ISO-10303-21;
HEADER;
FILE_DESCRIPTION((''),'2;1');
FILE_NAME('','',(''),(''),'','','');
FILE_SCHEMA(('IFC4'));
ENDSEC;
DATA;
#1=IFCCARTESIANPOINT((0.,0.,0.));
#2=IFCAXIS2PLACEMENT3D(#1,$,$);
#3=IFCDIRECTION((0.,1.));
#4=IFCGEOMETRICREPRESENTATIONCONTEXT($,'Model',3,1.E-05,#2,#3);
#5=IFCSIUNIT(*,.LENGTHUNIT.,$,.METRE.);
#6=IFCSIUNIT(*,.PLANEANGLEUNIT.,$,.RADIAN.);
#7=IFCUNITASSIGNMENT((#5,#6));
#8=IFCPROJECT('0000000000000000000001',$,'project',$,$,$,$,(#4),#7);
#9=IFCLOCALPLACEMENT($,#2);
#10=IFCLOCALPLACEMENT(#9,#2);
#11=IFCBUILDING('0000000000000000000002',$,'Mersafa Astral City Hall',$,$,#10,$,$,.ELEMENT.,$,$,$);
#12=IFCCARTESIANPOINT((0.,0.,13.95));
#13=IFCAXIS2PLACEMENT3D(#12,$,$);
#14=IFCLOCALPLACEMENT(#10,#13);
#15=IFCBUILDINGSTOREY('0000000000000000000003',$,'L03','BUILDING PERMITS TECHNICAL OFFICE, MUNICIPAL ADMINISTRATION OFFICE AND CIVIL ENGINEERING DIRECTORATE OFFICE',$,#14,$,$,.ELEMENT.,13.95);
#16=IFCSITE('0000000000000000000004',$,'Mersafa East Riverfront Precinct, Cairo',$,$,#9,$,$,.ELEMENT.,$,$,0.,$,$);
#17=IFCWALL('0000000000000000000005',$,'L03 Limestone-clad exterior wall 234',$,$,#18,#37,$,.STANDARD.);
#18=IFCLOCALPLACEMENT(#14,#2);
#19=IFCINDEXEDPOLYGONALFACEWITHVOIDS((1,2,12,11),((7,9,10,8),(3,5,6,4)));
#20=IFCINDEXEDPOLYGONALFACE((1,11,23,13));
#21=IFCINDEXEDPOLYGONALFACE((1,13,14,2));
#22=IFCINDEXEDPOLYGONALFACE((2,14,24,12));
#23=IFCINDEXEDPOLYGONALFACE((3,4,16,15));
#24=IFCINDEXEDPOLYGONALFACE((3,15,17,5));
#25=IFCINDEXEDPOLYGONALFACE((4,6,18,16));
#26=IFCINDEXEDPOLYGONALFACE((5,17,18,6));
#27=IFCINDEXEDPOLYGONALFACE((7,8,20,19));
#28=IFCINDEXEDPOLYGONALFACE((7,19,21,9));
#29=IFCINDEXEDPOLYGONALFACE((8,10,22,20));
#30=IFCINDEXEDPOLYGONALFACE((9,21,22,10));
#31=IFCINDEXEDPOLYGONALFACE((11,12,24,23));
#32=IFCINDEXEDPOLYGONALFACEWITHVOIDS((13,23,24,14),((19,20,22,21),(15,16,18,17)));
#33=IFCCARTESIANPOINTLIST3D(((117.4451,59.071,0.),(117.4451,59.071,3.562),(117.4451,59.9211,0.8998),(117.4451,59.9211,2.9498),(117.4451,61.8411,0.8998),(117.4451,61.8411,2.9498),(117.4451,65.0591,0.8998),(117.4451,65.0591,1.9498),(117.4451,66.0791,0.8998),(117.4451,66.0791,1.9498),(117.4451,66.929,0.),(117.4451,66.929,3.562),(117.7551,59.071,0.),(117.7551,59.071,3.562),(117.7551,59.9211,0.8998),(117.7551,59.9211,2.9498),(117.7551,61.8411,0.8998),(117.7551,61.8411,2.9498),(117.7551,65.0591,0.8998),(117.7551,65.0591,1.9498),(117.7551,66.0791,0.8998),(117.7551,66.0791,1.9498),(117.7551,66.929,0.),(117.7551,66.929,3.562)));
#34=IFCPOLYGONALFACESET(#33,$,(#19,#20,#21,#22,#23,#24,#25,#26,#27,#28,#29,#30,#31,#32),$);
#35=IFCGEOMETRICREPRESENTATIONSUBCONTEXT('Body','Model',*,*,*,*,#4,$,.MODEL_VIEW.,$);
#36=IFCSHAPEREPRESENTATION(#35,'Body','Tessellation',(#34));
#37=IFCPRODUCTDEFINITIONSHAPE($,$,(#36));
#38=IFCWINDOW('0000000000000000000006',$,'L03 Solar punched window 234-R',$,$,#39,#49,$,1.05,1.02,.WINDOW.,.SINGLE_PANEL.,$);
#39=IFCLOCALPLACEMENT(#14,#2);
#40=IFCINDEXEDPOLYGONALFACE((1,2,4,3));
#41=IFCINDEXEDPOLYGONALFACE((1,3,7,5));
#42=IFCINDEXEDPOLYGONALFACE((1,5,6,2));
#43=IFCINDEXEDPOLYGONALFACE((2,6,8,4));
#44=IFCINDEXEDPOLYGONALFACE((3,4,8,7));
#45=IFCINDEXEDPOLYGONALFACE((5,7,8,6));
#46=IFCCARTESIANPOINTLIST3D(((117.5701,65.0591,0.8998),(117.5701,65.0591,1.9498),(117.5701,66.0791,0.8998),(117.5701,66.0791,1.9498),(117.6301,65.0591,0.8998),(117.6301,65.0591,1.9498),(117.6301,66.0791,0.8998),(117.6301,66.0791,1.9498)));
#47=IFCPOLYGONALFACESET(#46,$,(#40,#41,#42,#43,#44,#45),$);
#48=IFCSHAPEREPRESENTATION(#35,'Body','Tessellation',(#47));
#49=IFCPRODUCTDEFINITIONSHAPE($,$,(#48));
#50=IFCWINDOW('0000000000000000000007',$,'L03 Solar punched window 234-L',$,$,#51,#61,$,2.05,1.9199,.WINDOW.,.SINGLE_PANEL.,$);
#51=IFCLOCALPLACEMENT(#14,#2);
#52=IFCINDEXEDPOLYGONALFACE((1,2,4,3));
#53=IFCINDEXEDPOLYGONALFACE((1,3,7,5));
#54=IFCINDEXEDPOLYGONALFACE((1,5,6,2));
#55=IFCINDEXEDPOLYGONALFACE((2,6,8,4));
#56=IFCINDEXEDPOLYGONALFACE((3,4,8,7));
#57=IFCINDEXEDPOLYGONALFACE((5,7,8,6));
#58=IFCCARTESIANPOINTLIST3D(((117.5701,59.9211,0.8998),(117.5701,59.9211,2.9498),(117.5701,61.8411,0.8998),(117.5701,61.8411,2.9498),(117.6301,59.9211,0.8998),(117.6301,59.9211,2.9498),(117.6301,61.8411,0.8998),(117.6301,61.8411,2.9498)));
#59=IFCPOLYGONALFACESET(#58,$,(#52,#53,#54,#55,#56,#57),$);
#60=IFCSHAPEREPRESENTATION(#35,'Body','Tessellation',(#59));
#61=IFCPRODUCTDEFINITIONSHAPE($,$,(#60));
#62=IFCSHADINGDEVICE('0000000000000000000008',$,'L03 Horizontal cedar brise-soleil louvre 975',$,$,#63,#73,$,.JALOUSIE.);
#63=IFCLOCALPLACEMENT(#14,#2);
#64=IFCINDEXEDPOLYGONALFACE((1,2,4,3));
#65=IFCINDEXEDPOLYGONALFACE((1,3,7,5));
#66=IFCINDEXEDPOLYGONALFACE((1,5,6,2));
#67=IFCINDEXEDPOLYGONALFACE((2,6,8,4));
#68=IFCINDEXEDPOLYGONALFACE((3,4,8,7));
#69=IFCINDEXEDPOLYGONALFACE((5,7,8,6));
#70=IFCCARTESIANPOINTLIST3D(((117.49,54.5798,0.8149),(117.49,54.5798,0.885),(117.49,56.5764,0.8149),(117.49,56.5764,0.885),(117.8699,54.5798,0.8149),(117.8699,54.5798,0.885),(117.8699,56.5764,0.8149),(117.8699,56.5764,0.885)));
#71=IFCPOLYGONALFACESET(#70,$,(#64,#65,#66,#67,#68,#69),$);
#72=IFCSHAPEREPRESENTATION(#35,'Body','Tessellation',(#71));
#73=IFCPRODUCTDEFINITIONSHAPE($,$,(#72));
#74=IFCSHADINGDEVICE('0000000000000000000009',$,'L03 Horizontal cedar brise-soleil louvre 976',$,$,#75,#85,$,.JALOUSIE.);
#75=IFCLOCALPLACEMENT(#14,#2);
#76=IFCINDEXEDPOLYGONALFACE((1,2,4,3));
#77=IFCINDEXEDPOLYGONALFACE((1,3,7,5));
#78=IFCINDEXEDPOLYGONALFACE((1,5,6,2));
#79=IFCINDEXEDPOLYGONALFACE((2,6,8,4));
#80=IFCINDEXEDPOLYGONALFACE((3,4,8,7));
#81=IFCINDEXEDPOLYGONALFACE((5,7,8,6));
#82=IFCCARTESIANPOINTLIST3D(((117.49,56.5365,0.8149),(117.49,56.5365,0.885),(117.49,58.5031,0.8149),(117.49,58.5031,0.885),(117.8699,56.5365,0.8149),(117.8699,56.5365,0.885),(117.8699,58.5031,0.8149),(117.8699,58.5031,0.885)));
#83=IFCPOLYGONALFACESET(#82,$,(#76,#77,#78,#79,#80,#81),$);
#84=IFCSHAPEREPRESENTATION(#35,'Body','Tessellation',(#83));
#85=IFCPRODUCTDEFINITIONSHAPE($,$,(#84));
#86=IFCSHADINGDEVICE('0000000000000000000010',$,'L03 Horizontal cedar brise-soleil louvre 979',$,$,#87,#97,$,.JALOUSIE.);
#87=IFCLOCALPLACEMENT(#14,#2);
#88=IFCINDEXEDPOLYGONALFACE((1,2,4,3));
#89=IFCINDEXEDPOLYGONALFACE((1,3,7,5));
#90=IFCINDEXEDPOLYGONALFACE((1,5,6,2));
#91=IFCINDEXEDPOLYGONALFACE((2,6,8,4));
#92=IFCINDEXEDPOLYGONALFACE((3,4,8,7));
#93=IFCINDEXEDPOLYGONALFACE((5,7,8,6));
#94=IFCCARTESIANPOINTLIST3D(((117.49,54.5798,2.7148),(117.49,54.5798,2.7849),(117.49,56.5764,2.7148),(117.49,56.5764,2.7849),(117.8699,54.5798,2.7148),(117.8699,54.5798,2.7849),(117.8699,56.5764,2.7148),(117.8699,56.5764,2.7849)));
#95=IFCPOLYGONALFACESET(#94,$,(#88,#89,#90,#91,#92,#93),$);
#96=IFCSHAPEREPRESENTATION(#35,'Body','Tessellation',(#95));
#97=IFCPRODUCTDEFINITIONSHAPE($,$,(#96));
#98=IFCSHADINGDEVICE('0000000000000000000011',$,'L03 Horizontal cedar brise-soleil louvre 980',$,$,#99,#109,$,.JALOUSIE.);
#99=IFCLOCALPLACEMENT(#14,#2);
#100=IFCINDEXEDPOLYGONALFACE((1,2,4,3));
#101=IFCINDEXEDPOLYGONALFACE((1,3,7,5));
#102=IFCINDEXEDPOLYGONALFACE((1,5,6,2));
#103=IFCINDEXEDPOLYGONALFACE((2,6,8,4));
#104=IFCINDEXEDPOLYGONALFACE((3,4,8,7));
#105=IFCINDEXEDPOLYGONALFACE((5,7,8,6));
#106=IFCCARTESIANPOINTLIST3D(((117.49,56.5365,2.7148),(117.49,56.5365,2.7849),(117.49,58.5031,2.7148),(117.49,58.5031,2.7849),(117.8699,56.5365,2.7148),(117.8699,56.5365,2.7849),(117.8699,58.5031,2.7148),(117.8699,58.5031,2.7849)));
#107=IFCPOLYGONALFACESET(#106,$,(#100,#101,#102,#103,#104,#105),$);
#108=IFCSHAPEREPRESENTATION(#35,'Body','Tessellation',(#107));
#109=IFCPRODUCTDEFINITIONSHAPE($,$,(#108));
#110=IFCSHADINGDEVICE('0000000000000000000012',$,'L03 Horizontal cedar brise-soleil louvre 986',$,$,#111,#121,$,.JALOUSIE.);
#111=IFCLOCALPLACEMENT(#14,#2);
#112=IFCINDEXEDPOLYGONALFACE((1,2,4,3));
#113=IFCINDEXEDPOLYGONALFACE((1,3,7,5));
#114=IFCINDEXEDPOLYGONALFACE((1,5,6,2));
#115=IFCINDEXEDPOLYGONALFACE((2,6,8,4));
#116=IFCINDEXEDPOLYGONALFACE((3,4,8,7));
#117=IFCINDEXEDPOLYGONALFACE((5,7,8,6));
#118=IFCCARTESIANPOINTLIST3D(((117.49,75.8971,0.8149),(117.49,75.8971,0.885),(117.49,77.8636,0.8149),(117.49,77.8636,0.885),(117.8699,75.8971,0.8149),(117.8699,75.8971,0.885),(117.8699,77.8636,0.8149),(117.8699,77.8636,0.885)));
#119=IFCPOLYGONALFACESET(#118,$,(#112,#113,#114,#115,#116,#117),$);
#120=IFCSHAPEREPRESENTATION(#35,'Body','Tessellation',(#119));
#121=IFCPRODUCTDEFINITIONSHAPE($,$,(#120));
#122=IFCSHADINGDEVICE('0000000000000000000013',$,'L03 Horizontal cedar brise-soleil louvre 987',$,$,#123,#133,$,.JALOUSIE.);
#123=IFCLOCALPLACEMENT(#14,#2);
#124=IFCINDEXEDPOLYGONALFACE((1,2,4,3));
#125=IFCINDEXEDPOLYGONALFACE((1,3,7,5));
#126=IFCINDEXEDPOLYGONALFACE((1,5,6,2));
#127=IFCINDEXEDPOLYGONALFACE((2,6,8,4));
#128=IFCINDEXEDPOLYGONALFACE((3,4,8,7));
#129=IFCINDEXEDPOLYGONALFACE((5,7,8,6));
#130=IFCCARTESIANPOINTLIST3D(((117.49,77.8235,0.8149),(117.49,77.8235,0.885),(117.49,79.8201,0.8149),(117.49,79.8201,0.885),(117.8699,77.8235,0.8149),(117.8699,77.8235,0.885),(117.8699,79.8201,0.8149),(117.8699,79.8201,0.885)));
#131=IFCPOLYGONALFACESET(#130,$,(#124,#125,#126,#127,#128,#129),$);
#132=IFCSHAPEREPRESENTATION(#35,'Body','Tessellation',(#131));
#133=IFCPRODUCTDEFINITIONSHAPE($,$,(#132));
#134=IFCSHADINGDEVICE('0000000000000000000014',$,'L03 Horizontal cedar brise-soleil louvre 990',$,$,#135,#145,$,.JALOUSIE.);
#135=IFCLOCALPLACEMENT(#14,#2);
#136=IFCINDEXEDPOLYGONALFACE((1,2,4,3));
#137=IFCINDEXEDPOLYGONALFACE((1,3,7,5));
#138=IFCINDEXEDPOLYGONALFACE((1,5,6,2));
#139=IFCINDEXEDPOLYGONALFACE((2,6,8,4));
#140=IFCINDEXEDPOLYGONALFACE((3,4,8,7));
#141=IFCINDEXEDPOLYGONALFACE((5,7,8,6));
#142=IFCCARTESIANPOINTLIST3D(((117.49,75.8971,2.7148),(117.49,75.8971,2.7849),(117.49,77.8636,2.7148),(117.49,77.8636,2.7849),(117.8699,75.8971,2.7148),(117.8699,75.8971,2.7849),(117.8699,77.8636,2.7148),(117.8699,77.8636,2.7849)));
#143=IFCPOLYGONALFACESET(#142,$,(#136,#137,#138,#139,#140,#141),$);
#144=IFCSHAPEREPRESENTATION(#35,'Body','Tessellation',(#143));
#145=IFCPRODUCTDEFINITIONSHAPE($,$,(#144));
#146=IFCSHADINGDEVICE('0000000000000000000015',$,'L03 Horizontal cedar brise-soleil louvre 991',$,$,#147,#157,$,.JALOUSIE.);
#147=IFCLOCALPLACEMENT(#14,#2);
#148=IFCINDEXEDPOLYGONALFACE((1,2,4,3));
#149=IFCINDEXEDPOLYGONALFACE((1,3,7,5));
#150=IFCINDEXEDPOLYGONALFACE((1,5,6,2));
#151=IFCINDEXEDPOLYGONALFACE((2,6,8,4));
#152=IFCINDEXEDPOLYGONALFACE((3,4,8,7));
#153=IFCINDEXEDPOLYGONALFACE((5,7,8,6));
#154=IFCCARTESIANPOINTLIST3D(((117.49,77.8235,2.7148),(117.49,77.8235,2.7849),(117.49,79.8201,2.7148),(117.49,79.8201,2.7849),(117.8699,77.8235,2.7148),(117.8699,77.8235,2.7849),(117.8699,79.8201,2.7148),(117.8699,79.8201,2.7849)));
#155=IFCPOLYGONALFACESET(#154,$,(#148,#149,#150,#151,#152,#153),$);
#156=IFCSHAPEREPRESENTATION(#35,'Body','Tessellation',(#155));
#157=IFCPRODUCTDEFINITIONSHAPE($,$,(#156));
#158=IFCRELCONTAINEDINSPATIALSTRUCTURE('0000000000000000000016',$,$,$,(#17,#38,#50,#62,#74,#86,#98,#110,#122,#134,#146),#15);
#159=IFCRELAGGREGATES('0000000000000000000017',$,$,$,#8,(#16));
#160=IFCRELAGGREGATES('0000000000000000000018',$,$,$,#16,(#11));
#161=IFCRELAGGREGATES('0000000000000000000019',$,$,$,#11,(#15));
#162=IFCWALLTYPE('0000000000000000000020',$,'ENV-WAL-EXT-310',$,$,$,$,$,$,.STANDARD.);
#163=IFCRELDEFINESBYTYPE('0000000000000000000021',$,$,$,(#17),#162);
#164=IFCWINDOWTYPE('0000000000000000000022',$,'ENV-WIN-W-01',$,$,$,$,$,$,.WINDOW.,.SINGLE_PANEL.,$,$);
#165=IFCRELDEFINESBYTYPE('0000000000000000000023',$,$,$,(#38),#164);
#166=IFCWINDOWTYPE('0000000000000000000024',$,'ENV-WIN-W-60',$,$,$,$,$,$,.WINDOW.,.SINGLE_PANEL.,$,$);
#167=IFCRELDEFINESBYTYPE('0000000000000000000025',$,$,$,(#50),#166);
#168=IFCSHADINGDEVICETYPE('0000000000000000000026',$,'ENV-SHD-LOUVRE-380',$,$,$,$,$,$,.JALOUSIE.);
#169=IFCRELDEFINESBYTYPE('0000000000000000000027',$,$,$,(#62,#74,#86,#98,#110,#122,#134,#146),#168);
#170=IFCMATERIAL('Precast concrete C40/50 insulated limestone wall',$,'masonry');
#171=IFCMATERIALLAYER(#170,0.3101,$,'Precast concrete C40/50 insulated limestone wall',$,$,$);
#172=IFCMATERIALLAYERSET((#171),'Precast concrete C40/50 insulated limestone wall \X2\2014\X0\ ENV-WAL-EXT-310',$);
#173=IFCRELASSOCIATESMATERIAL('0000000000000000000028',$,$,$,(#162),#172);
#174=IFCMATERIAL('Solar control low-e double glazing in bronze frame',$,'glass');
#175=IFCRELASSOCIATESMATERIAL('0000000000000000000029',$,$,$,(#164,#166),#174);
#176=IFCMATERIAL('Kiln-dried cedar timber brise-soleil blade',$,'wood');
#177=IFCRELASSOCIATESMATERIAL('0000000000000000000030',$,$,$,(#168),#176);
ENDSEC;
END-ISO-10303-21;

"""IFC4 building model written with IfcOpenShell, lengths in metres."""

from ifc_helpers import new_model, si_unit, direction, frame, frame_2d, origin, origin_2d, place, context, subcontext, project, spatial, rectangle, extrude, material, layer, layer_set, type_object, element, fill, save


model = new_model("IFC4")

# Units and contexts
model_context = context("Model", 3, precision=1e-05, world=origin(), true_north=direction((0.0, 1.0)))
body_context = subcontext(model_context, "Body", "Model", "MODEL_VIEW")
ifc_project = project(units=[si_unit("LENGTHUNIT", "METRE"), si_unit("PLANEANGLEUNIT", "RADIAN")], contexts=[model_context])

# Site, building, storey
site_placement = place(None, origin())
site = spatial("IfcSite", under=ifc_project, at=site_placement, Name="Mersafa East Riverfront Precinct, Cairo", CompositionType="ELEMENT", RefElevation=0.0)
building_placement = place(site_placement, origin())
building = spatial("IfcBuilding", under=site, at=building_placement, Name="Mersafa Astral City Hall", CompositionType="ELEMENT")
storey_placement = place(building_placement, frame((0.0, 0.0, 13.95)))
storey = spatial("IfcBuildingStorey", under=building, at=storey_placement, Name="L03", Description="BUILDING PERMITS TECHNICAL OFFICE, MUNICIPAL ADMINISTRATION OFFICE AND CIVIL ENGINEERING DIRECTORATE OFFICE", CompositionType="ELEMENT", Elevation=13.95)

# Wall, openings, windows
ifc_material_1 = material(Name="Precast concrete C40/50 insulated limestone wall", Category="masonry")
ifc_layer_1 = layer(ifc_material_1, 0.3101, Name="Precast concrete C40/50 insulated limestone wall")
ifc_layer_set_1 = layer_set([ifc_layer_1], Name="Precast concrete C40/50 insulated limestone wall — ENV-WAL-EXT-310")
wall_type = type_object("IfcWallType", Name="ENV-WAL-EXT-310", PredefinedType="STANDARD", material=ifc_layer_set_1)
wall_placement = place(storey_placement, frame((117.6001, 59.071, 0.0), z_axis=(0.0, 0.0, 1.0), x_axis=(0.0, 1.0, 0.0)))
wall = element("IfcWall", 1, at=wall_placement, inside=storey, type_object=wall_type, Name="L03 Limestone-clad exterior wall 234", PredefinedType="STANDARD", context=body_context, shape_type="SweptSolid", body=[
    extrude(rectangle(XDim=7.8579, YDim=0.3101, at=frame_2d((3.929, 0.0))), origin(), (0.0, 0.0, 1.0), 3.562),
])
opening_1_placement = place(wall_placement, frame((0.8501, 0.0, 0.8999)))
opening_1 = element("IfcOpeningElement", 2, at=opening_1_placement, cuts=wall, PredefinedType="OPENING", context=body_context, shape_type="SweptSolid", body=[
    extrude(rectangle(XDim=1.9199, YDim=2.05, at=frame_2d((0.96, 1.0249))), frame((0.0, 0.165, 0.0), z_axis=(0.0, -1.0, 0.0), x_axis=(1.0, 0.0, 0.0)), (0.0, 0.0, 1.0), 0.3301),
])
opening_2_placement = place(wall_placement, frame((5.988, 0.0, 0.8999)))
opening_2 = element("IfcOpeningElement", 3, at=opening_2_placement, cuts=wall, PredefinedType="OPENING", context=body_context, shape_type="SweptSolid", body=[
    extrude(rectangle(XDim=1.02, YDim=1.05, at=frame_2d((0.51, 0.5249))), frame((0.0, 0.165, 0.0), z_axis=(0.0, -1.0, 0.0), x_axis=(1.0, 0.0, 0.0)), (0.0, 0.0, 1.0), 0.3301),
])
ifc_material_2 = material(Name="Solar control low-e double glazing in bronze frame", Category="glass")
window_type_1 = type_object("IfcWindowType", Name="ENV-WIN-W-01", PartitioningType="SINGLE_PANEL", PredefinedType="WINDOW", material=ifc_material_2)
window_1_placement = place(opening_2_placement, origin())
window_1 = element("IfcWindow", 4, at=window_1_placement, inside=storey, type_object=window_type_1, Name="L03 Solar punched window 234-R", OverallHeight=1.05, OverallWidth=1.02, PartitioningType="SINGLE_PANEL", PredefinedType="WINDOW", context=body_context, shape_type="SweptSolid", body=[
    extrude(rectangle(XDim=1.02, YDim=1.05, at=frame_2d((0.51, 0.5249))), frame((0.0, 0.03, 0.0), z_axis=(0.0, -1.0, 0.0), x_axis=(1.0, 0.0, 0.0)), (0.0, 0.0, 1.0), 0.0601),
])
fill(opening_2, window_1)
window_type_2 = type_object("IfcWindowType", Name="ENV-WIN-W-60", PartitioningType="SINGLE_PANEL", PredefinedType="WINDOW", material=ifc_material_2)
window_2_placement = place(opening_1_placement, origin())
window_2 = element("IfcWindow", 5, at=window_2_placement, inside=storey, type_object=window_type_2, Name="L03 Solar punched window 234-L", OverallHeight=2.05, OverallWidth=1.9199, PartitioningType="SINGLE_PANEL", PredefinedType="WINDOW", context=body_context, shape_type="SweptSolid", body=[
    extrude(rectangle(XDim=1.9199, YDim=2.05, at=frame_2d((0.96, 1.0249))), frame((0.0, 0.03, 0.0), z_axis=(0.0, -1.0, 0.0), x_axis=(1.0, 0.0, 0.0)), (0.0, 0.0, 1.0), 0.0601),
])
fill(opening_1, window_2)

# Shading devices
ifc_material_3 = material(Name="Kiln-dried cedar timber brise-soleil blade", Category="wood")
shading_device_type = type_object("IfcShadingDeviceType", Name="ENV-SHD-LOUVRE-380", PredefinedType="JALOUSIE", material=ifc_material_3)
shading_device_1_placement = place(storey_placement, frame((117.6799, 55.5781, 0.8149), z_axis=(0.0, 0.0, 1.0), x_axis=(0.0, 1.0, 0.0)))
element("IfcShadingDevice", 6, at=shading_device_1_placement, inside=storey, type_object=shading_device_type, Name="L03 Horizontal cedar brise-soleil louvre 975", PredefinedType="JALOUSIE", context=body_context, shape_type="SweptSolid", body=[
    extrude(rectangle(XDim=1.9966, YDim=0.3799, at=origin_2d()), origin(), (0.0, 0.0, 1.0), 0.0701),
])
shading_device_2_placement = place(storey_placement, frame((117.6799, 57.5198, 0.8149), z_axis=(0.0, 0.0, 1.0), x_axis=(0.0, 1.0, 0.0)))
element("IfcShadingDevice", 7, at=shading_device_2_placement, inside=storey, type_object=shading_device_type, Name="L03 Horizontal cedar brise-soleil louvre 976", PredefinedType="JALOUSIE", context=body_context, shape_type="SweptSolid", body=[
    extrude(rectangle(XDim=1.9666, YDim=0.3799, at=origin_2d()), origin(), (0.0, 0.0, 1.0), 0.0701),
])
shading_device_3_placement = place(storey_placement, frame((117.6799, 55.5781, 2.7148), z_axis=(0.0, 0.0, 1.0), x_axis=(0.0, 1.0, 0.0)))
element("IfcShadingDevice", 8, at=shading_device_3_placement, inside=storey, type_object=shading_device_type, Name="L03 Horizontal cedar brise-soleil louvre 979", PredefinedType="JALOUSIE", context=body_context, shape_type="SweptSolid", body=[
    extrude(rectangle(XDim=1.9966, YDim=0.3799, at=origin_2d()), origin(), (0.0, 0.0, 1.0), 0.0701),
])
for number, where, z_axis, x_axis, name in (
    (9, (117.6799, 57.5198, 2.7148), (0.0, 0.0, 1.0), (0.0, 1.0, 0.0), "L03 Horizontal cedar brise-soleil louvre 980"),
    (10, (117.6799, 76.8804, 0.8149), (0.0, 0.0, 1.0), (0.0, 1.0, 0.0), "L03 Horizontal cedar brise-soleil louvre 986"),
):
    element("IfcShadingDevice", number, at=place(storey_placement, frame(where, z_axis=z_axis, x_axis=x_axis)), inside=storey, type_object=shading_device_type, Name=name, PredefinedType="JALOUSIE", context=body_context, shape_type="SweptSolid", body=[
        extrude(rectangle(XDim=1.9666, YDim=0.3799, at=origin_2d()), origin(), (0.0, 0.0, 1.0), 0.0701),
    ])
shading_device_4_placement = place(storey_placement, frame((117.6799, 78.8218, 0.8149), z_axis=(0.0, 0.0, 1.0), x_axis=(0.0, 1.0, 0.0)))
element("IfcShadingDevice", 11, at=shading_device_4_placement, inside=storey, type_object=shading_device_type, Name="L03 Horizontal cedar brise-soleil louvre 987", PredefinedType="JALOUSIE", context=body_context, shape_type="SweptSolid", body=[
    extrude(rectangle(XDim=1.9966, YDim=0.3799, at=origin_2d()), origin(), (0.0, 0.0, 1.0), 0.0701),
])
shading_device_5_placement = place(storey_placement, frame((117.6799, 76.8804, 2.7148), z_axis=(0.0, 0.0, 1.0), x_axis=(0.0, 1.0, 0.0)))
element("IfcShadingDevice", 12, at=shading_device_5_placement, inside=storey, type_object=shading_device_type, Name="L03 Horizontal cedar brise-soleil louvre 990", PredefinedType="JALOUSIE", context=body_context, shape_type="SweptSolid", body=[
    extrude(rectangle(XDim=1.9666, YDim=0.3799, at=origin_2d()), origin(), (0.0, 0.0, 1.0), 0.0701),
])
shading_device_6_placement = place(storey_placement, frame((117.6799, 78.8218, 2.7148), z_axis=(0.0, 0.0, 1.0), x_axis=(0.0, 1.0, 0.0)))
element("IfcShadingDevice", 13, at=shading_device_6_placement, inside=storey, type_object=shading_device_type, Name="L03 Horizontal cedar brise-soleil louvre 991", PredefinedType="JALOUSIE", context=body_context, shape_type="SweptSolid", body=[
    extrude(rectangle(XDim=1.9966, YDim=0.3799, at=origin_2d()), origin(), (0.0, 0.0, 1.0), 0.0701),
])

save(model, "model.ifc")
